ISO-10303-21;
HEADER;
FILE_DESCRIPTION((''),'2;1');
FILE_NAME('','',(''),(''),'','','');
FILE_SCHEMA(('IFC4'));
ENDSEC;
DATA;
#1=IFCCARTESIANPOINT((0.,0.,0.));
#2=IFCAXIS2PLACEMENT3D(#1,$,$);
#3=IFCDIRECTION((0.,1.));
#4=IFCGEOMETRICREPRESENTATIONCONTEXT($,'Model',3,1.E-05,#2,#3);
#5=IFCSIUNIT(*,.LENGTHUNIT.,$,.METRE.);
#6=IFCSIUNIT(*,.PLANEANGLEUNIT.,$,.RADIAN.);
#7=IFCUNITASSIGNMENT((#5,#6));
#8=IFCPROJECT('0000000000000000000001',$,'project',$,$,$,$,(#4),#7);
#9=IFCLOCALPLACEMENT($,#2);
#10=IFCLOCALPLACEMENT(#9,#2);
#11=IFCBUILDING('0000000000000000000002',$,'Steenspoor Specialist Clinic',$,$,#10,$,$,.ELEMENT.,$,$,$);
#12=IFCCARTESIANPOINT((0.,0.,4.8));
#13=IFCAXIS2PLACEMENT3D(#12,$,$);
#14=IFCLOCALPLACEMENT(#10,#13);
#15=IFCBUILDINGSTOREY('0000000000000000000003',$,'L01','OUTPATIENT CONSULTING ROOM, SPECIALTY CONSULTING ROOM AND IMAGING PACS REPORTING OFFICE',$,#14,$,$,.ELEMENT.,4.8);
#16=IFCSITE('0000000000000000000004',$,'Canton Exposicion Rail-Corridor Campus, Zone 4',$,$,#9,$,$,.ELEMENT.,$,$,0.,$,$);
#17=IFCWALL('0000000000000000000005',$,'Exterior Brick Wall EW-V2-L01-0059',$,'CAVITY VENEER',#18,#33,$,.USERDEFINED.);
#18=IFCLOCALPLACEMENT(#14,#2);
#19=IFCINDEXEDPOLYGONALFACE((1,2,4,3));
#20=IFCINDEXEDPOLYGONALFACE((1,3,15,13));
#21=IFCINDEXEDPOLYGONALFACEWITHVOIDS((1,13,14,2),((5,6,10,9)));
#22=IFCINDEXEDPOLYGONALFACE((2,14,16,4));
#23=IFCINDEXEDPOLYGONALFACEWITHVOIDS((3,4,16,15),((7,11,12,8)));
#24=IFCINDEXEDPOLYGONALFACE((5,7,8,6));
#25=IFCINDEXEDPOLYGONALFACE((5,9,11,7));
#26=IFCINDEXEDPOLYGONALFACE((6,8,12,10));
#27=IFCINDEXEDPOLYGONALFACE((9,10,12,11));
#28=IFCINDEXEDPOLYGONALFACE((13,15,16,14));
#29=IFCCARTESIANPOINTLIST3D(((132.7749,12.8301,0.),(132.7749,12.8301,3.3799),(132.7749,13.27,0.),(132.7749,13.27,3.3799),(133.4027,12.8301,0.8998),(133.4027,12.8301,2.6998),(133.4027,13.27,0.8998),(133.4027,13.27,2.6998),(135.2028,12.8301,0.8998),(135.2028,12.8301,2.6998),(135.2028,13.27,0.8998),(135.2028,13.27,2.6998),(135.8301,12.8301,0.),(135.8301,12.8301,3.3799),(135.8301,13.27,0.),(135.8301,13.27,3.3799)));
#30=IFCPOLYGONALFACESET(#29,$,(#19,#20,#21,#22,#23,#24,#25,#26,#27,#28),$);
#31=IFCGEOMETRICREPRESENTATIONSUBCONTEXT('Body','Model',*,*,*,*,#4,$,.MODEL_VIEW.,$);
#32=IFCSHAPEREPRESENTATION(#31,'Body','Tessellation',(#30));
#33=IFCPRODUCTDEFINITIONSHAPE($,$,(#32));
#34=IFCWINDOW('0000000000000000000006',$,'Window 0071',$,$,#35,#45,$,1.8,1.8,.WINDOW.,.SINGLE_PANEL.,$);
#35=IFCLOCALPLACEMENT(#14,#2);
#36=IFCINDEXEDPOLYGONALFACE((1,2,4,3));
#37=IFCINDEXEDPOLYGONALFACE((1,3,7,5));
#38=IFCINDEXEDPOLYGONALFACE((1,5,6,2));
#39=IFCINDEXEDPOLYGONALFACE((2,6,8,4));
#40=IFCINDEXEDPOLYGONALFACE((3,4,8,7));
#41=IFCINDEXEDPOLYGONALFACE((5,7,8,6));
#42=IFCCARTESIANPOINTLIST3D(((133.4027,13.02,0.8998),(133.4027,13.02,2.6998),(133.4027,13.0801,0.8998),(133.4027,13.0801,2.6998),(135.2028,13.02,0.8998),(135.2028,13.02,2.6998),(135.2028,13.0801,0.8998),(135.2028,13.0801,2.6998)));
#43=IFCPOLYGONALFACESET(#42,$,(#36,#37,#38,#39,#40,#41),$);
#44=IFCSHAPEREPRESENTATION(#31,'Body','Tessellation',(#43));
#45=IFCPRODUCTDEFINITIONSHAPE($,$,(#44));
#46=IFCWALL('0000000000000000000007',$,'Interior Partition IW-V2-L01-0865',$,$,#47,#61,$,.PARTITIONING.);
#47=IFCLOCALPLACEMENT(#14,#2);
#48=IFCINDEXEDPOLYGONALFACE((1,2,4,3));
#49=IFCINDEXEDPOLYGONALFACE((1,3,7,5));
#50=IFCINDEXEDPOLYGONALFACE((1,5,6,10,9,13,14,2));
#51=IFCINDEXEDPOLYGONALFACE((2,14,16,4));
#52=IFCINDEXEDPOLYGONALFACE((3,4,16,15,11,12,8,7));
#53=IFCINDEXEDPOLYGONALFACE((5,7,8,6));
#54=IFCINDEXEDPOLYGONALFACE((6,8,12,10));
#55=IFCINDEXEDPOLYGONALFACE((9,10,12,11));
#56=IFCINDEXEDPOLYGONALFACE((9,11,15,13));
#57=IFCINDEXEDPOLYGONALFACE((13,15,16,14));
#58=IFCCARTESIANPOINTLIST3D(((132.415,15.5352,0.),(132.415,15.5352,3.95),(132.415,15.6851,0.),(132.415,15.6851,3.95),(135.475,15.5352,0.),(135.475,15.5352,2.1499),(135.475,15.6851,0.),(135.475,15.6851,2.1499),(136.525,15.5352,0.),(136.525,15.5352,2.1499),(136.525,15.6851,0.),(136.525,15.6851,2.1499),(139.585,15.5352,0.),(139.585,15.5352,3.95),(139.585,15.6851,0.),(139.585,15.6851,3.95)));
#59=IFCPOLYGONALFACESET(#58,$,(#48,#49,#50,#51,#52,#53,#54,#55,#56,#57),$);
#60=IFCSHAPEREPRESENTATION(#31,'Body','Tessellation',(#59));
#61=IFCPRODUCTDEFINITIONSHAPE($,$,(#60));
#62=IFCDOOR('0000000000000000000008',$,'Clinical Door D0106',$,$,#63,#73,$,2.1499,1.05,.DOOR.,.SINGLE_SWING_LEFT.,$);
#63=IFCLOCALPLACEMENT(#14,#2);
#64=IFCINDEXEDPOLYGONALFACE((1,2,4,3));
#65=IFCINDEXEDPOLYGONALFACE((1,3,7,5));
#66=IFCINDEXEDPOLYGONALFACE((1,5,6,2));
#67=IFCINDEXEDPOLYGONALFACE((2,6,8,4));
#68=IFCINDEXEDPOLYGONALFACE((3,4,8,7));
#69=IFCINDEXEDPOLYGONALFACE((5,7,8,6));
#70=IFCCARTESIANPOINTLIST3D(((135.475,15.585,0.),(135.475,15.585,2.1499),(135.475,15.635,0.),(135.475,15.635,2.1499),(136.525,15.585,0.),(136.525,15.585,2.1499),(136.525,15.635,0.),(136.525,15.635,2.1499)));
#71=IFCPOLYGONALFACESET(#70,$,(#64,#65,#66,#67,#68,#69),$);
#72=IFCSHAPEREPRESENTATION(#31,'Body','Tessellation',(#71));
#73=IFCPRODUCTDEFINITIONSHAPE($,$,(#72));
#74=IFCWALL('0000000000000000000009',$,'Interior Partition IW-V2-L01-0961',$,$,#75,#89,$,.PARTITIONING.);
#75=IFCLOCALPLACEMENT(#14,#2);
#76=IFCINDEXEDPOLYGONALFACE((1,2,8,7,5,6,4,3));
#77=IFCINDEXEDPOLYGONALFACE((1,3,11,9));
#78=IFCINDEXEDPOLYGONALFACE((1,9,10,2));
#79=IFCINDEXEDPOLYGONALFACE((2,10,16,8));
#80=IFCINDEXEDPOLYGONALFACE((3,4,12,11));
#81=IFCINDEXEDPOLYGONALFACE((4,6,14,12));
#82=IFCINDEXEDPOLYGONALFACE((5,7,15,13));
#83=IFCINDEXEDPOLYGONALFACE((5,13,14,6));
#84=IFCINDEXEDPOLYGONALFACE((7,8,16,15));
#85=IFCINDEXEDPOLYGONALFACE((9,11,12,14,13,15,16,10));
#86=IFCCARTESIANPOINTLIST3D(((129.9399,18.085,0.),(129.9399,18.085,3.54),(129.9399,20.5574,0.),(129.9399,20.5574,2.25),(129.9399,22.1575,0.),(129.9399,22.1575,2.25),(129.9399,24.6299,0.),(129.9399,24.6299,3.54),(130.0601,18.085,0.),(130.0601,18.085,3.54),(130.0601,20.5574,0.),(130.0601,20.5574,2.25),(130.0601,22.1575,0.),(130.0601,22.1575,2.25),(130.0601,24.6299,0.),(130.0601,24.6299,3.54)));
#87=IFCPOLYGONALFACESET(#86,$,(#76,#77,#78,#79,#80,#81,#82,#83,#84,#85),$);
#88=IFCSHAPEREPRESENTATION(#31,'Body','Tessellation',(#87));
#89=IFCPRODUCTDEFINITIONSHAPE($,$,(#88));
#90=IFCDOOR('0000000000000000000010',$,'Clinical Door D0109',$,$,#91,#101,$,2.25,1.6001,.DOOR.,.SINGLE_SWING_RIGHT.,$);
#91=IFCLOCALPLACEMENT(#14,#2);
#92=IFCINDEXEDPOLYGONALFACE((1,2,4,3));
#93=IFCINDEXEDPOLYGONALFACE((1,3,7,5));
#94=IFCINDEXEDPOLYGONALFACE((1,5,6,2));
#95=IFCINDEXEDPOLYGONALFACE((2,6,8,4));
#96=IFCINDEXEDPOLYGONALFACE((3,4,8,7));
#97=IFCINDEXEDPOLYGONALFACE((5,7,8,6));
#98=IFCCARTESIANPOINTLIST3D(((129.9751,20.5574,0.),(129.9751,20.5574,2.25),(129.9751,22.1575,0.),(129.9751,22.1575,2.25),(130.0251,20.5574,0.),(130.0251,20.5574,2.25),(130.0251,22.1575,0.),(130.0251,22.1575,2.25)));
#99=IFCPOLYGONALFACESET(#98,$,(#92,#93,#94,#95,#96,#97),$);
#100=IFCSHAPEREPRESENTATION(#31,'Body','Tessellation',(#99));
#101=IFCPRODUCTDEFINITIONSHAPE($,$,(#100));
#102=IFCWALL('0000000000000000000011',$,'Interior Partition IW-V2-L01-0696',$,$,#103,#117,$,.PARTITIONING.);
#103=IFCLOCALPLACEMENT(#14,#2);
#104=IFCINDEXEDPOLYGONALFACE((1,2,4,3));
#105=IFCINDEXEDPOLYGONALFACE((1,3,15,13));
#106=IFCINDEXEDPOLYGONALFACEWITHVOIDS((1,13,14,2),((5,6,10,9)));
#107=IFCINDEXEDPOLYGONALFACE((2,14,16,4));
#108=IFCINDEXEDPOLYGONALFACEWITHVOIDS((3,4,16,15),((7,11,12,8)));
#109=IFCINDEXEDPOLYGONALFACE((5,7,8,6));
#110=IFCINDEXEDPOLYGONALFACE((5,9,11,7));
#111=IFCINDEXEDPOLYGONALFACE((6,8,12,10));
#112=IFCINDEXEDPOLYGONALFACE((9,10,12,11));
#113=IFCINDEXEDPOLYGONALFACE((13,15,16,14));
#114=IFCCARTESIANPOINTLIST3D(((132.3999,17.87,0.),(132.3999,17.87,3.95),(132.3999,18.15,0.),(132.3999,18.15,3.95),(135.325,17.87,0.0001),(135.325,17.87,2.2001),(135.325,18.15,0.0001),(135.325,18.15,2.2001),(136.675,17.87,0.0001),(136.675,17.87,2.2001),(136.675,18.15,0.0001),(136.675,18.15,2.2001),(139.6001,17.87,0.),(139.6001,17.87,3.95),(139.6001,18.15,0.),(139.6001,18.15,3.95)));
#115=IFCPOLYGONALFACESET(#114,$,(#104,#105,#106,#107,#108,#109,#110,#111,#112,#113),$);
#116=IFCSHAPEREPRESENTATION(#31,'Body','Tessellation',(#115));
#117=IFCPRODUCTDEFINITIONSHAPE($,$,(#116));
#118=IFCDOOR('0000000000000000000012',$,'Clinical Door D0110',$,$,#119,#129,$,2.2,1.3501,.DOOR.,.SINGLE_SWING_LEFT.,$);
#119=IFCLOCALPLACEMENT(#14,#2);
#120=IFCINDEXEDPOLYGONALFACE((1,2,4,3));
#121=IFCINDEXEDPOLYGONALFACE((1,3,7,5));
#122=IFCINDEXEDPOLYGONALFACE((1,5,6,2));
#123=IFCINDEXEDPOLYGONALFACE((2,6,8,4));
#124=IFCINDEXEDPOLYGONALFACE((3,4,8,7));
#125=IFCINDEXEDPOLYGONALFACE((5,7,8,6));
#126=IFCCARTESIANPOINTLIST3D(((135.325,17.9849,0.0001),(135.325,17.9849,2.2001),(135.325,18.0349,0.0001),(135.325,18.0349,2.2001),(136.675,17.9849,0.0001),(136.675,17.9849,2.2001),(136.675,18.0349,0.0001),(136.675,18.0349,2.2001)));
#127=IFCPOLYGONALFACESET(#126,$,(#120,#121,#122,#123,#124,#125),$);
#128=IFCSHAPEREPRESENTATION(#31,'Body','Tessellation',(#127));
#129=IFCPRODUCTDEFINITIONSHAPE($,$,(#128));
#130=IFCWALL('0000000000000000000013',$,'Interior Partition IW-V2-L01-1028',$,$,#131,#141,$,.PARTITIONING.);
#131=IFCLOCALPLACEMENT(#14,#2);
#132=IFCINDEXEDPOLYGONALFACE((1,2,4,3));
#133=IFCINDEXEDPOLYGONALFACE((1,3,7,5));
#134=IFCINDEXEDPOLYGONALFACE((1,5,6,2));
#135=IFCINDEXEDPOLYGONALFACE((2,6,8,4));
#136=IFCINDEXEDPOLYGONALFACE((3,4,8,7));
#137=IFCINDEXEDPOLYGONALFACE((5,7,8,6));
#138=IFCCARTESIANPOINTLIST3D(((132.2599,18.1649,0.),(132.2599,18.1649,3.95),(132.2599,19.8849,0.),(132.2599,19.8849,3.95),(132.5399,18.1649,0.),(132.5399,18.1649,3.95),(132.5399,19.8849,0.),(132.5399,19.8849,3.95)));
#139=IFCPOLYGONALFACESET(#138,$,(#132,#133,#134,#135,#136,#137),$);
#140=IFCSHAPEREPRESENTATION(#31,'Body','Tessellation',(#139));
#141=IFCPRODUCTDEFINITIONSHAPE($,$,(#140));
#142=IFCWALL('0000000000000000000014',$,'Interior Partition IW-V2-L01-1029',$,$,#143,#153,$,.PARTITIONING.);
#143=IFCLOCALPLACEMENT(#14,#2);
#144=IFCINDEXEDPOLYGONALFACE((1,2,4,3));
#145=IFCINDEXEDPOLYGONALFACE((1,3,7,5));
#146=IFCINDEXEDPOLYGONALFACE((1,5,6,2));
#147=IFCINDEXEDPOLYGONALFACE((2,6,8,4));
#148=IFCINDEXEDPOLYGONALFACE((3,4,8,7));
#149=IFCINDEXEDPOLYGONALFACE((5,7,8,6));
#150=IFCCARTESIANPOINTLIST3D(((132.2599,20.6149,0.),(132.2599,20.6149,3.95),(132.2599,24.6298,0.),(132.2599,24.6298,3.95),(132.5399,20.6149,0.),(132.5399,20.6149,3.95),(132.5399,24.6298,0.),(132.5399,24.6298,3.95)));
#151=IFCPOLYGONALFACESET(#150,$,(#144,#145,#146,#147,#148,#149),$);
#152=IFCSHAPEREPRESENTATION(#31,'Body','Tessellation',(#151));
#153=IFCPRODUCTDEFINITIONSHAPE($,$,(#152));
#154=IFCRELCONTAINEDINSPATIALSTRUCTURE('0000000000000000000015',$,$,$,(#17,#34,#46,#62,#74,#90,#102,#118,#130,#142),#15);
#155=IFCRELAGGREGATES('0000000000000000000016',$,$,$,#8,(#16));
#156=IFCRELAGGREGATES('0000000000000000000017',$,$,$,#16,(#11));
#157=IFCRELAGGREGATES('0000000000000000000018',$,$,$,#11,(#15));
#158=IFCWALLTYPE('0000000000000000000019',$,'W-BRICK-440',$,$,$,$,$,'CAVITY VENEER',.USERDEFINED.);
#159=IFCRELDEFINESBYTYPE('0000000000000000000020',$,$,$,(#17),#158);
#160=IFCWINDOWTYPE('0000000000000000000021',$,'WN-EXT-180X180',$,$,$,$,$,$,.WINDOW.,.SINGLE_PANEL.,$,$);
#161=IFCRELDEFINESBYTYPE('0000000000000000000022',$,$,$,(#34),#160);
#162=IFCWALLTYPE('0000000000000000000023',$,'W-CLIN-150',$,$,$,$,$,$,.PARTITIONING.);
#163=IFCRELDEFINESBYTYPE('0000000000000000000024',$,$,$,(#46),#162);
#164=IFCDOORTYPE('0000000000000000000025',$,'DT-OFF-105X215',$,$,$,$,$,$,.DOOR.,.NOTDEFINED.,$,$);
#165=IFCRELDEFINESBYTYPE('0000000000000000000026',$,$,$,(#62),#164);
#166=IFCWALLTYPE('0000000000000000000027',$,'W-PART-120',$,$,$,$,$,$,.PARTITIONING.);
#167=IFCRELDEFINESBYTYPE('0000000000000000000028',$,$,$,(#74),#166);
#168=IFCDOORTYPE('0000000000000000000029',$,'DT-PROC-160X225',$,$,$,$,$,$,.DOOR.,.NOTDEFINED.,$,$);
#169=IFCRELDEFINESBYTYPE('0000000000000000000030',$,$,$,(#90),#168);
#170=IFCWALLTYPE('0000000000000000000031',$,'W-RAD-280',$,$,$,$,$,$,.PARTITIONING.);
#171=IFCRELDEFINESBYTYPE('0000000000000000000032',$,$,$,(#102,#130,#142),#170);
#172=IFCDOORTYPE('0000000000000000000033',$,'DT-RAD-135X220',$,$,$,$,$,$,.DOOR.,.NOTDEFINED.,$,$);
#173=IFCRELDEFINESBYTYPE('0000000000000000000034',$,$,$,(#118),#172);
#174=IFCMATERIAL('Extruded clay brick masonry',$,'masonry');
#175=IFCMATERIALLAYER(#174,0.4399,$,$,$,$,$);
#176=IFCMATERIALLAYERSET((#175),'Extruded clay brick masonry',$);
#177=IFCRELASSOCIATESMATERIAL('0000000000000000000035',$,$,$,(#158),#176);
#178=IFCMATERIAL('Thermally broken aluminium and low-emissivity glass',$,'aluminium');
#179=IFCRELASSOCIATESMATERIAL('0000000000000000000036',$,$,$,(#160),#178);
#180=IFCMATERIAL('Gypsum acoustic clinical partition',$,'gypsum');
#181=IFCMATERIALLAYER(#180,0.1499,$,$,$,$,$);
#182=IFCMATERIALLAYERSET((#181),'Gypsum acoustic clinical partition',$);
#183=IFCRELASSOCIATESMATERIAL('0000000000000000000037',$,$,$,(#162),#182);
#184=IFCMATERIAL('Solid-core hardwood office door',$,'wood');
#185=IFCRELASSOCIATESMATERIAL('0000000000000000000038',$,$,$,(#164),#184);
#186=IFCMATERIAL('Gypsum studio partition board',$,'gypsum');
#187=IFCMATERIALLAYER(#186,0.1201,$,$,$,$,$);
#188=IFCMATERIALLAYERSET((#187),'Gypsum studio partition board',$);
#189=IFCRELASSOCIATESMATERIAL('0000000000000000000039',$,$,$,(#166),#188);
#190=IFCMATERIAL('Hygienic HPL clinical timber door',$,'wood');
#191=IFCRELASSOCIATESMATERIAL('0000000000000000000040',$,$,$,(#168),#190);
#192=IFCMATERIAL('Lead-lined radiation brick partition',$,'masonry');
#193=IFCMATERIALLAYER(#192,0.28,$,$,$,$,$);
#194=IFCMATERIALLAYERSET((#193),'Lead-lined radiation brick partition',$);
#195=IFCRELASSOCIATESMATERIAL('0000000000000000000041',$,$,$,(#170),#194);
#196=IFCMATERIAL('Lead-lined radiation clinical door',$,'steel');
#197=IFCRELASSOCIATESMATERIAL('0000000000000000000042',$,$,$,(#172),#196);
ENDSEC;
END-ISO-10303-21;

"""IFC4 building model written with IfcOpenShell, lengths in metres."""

from ifc_helpers import new_model, si_unit, direction, frame, frame_2d, origin, place, context, subcontext, project, spatial, rectangle, extrude, material, layer, layer_set, type_object, element, fill, save


model = new_model("IFC4")

# Units and contexts
model_context = context("Model", 3, precision=1e-05, world=origin(), true_north=direction((0.0, 1.0)))
body_context = subcontext(model_context, "Body", "Model", "MODEL_VIEW")
ifc_project = project(units=[si_unit("LENGTHUNIT", "METRE"), si_unit("PLANEANGLEUNIT", "RADIAN")], contexts=[model_context])

# Site, building, storey
site_placement = place(None, origin())
site = spatial("IfcSite", under=ifc_project, at=site_placement, Name="Canton Exposicion Rail-Corridor Campus, Zone 4", CompositionType="ELEMENT", RefElevation=0.0)
building_placement = place(site_placement, origin())
building = spatial("IfcBuilding", under=site, at=building_placement, Name="Steenspoor Specialist Clinic", CompositionType="ELEMENT")
storey_placement = place(building_placement, frame((0.0, 0.0, 4.8)))
storey = spatial("IfcBuildingStorey", under=building, at=storey_placement, Name="L01", Description="OUTPATIENT CONSULTING ROOM, SPECIALTY CONSULTING ROOM AND IMAGING PACS REPORTING OFFICE", CompositionType="ELEMENT", Elevation=4.8)

# Shared definitions
ifc_material_1 = material(Name="Thermally broken aluminium and low-emissivity glass", Category="aluminium")

# Shared definitions
ifc_material_2 = material(Name="Extruded clay brick masonry", Category="masonry")

# Wall, opening, window
ifc_layer_1 = layer(ifc_material_2, 0.4399)
ifc_layer_set_1 = layer_set([ifc_layer_1], Name="Extruded clay brick masonry")
wall_type_1 = type_object("IfcWallType", Name="W-BRICK-440", ElementType="CAVITY VENEER", PredefinedType="USERDEFINED", material=ifc_layer_set_1)
wall_1_placement = place(storey_placement, frame((135.8301, 13.05, 0.0), z_axis=(0.0, 0.0, 1.0), x_axis=(-1.0, 0.0, 0.0)))
wall_1 = element("IfcWall", 1, at=wall_1_placement, inside=storey, type_object=wall_type_1, Name="Exterior Brick Wall EW-V2-L01-0059", ObjectType="CAVITY VENEER", PredefinedType="USERDEFINED", context=body_context, shape_type="SweptSolid", body=[
    extrude(rectangle(XDim=3.0552, YDim=0.4399, at=frame_2d((1.5276, 0.0))), origin(), (0.0, 0.0, 1.0), 3.3799),
])
opening_1_placement = place(wall_1_placement, frame((0.6274, 0.0, 0.8999)))
opening_1 = element("IfcOpeningElement", 2, at=opening_1_placement, cuts=wall_1, PredefinedType="OPENING", context=body_context, shape_type="SweptSolid", body=[
    extrude(rectangle(XDim=1.8, YDim=1.8, at=frame_2d((0.8999, 0.8999))), frame((0.0, 0.23, 0.0), z_axis=(0.0, -1.0, 0.0), x_axis=(1.0, 0.0, 0.0)), (0.0, 0.0, 1.0), 0.46),
])
window_type_1 = type_object("IfcWindowType", Name="WN-EXT-180X180", PartitioningType="SINGLE_PANEL", PredefinedType="WINDOW", material=ifc_material_1)
window_1_placement = place(opening_1_placement, origin())
window_1 = element("IfcWindow", 3, at=window_1_placement, inside=storey, type_object=window_type_1, Name="Window 0071", OverallHeight=1.8, OverallWidth=1.8, PartitioningType="SINGLE_PANEL", PredefinedType="WINDOW", context=body_context, shape_type="SweptSolid", body=[
    extrude(rectangle(XDim=1.8, YDim=1.8, at=frame_2d((0.8999, 0.8999))), frame((0.0, 0.03, 0.0), z_axis=(0.0, -1.0, 0.0), x_axis=(1.0, 0.0, 0.0)), (0.0, 0.0, 1.0), 0.0601),
])
fill(opening_1, window_1)

# Walls, openings, doors
ifc_material_3 = material(Name="Gypsum acoustic clinical partition", Category="gypsum")
ifc_layer_2 = layer(ifc_material_3, 0.1499)
ifc_layer_set_2 = layer_set([ifc_layer_2], Name="Gypsum acoustic clinical partition")
wall_type_2 = type_object("IfcWallType", Name="W-CLIN-150", PredefinedType="PARTITIONING", material=ifc_layer_set_2)
wall_2_placement = place(storey_placement, frame((132.415, 15.6101, 0.0), z_axis=(0.0, 0.0, 1.0), x_axis=(1.0, 0.0, 0.0)))
wall_2 = element("IfcWall", 4, at=wall_2_placement, inside=storey, type_object=wall_type_2, Name="Interior Partition IW-V2-L01-0865", PredefinedType="PARTITIONING", context=body_context, shape_type="SweptSolid", body=[
    extrude(rectangle(XDim=7.1699, YDim=0.1499, at=frame_2d((3.585, 0.0))), origin(), (0.0, 0.0, 1.0), 3.95),
])
opening_2_placement = place(wall_2_placement, frame((3.0601, 0.0, 0.0)))
opening_2 = element("IfcOpeningElement", 5, at=opening_2_placement, cuts=wall_2, PredefinedType="OPENING", context=body_context, shape_type="SweptSolid", body=[
    extrude(rectangle(XDim=1.05, YDim=2.1499, at=frame_2d((0.5249, 1.075))), frame((0.0, 0.085, 0.0), z_axis=(0.0, -1.0, 0.0), x_axis=(1.0, 0.0, 0.0)), (0.0, 0.0, 1.0), 0.1699),
])
ifc_material_4 = material(Name="Solid-core hardwood office door", Category="wood")
door_type_1 = type_object("IfcDoorType", Name="DT-OFF-105X215", OperationType="NOTDEFINED", PredefinedType="DOOR", material=ifc_material_4)
door_1_placement = place(opening_2_placement, origin())
door_1 = element("IfcDoor", 6, at=door_1_placement, inside=storey, type_object=door_type_1, Name="Clinical Door D0106", OperationType="SINGLE_SWING_LEFT", OverallHeight=2.1499, OverallWidth=1.05, PredefinedType="DOOR", context=body_context, shape_type="SweptSolid", body=[
    extrude(rectangle(XDim=1.05, YDim=2.1499, at=frame_2d((0.5249, 1.075))), frame((0.0, 0.0249, 0.0), z_axis=(0.0, -1.0, 0.0), x_axis=(1.0, 0.0, 0.0)), (0.0, 0.0, 1.0), 0.05),
])
fill(opening_2, door_1)
ifc_material_5 = material(Name="Gypsum studio partition board", Category="gypsum")
ifc_layer_3 = layer(ifc_material_5, 0.1201)
ifc_layer_set_3 = layer_set([ifc_layer_3], Name="Gypsum studio partition board")
wall_type_3 = type_object("IfcWallType", Name="W-PART-120", PredefinedType="PARTITIONING", material=ifc_layer_set_3)
wall_3_placement = place(storey_placement, frame((130.0, 18.085, 0.0), z_axis=(0.0, 0.0, 1.0), x_axis=(0.0, 1.0, 0.0)))
wall_3 = element("IfcWall", 7, at=wall_3_placement, inside=storey, type_object=wall_type_3, Name="Interior Partition IW-V2-L01-0961", PredefinedType="PARTITIONING", context=body_context, shape_type="SweptSolid", body=[
    extrude(rectangle(XDim=6.5449, YDim=0.1201, at=frame_2d((3.2725, 0.0))), origin(), (0.0, 0.0, 1.0), 3.54),
])
opening_3_placement = place(wall_3_placement, frame((2.4724, 0.0, 0.0)))
opening_3 = element("IfcOpeningElement", 8, at=opening_3_placement, cuts=wall_3, PredefinedType="OPENING", context=body_context, shape_type="SweptSolid", body=[
    extrude(rectangle(XDim=1.6001, YDim=2.25, at=frame_2d((0.8, 1.125))), frame((0.0, 0.0701, 0.0), z_axis=(0.0, -1.0, 0.0), x_axis=(1.0, 0.0, 0.0)), (0.0, 0.0, 1.0), 0.1401),
])
ifc_material_6 = material(Name="Hygienic HPL clinical timber door", Category="wood")
door_type_2 = type_object("IfcDoorType", Name="DT-PROC-160X225", OperationType="NOTDEFINED", PredefinedType="DOOR", material=ifc_material_6)
door_2_placement = place(opening_3_placement, origin())
door_2 = element("IfcDoor", 9, at=door_2_placement, inside=storey, type_object=door_type_2, Name="Clinical Door D0109", OperationType="SINGLE_SWING_RIGHT", OverallHeight=2.25, OverallWidth=1.6001, PredefinedType="DOOR", context=body_context, shape_type="SweptSolid", body=[
    extrude(rectangle(XDim=1.6001, YDim=2.25, at=frame_2d((0.8, 1.125))), frame((0.0, 0.0249, 0.0), z_axis=(0.0, -1.0, 0.0), x_axis=(1.0, 0.0, 0.0)), (0.0, 0.0, 1.0), 0.05),
])
fill(opening_3, door_2)
ifc_material_7 = material(Name="Lead-lined radiation brick partition", Category="masonry")
ifc_layer_4 = layer(ifc_material_7, 0.28)
ifc_layer_set_4 = layer_set([ifc_layer_4], Name="Lead-lined radiation brick partition")
wall_type_4 = type_object("IfcWallType", Name="W-RAD-280", PredefinedType="PARTITIONING", material=ifc_layer_set_4)
wall_4_placement = place(storey_placement, frame((132.3999, 18.01, 0.0), z_axis=(0.0, 0.0, 1.0), x_axis=(1.0, 0.0, 0.0)))
wall_4 = element("IfcWall", 10, at=wall_4_placement, inside=storey, type_object=wall_type_4, Name="Interior Partition IW-V2-L01-0696", PredefinedType="PARTITIONING", context=body_context, shape_type="SweptSolid", body=[
    extrude(rectangle(XDim=7.2002, YDim=0.28, at=frame_2d((3.6001, 0.0))), origin(), (0.0, 0.0, 1.0), 3.95),
])
opening_4_placement = place(wall_4_placement, frame((2.925, 0.0, 0.0)))
opening_4 = element("IfcOpeningElement", 11, at=opening_4_placement, cuts=wall_4, PredefinedType="OPENING", context=body_context, shape_type="SweptSolid", body=[
    extrude(rectangle(XDim=1.3501, YDim=2.2, at=frame_2d((0.675, 1.1001))), frame((0.0, 0.1499, 0.0), z_axis=(0.0, -1.0, 0.0), x_axis=(1.0, 0.0, 0.0)), (0.0, 0.0, 1.0), 0.3),
])
ifc_material_8 = material(Name="Lead-lined radiation clinical door", Category="steel")
door_type_3 = type_object("IfcDoorType", Name="DT-RAD-135X220", OperationType="NOTDEFINED", PredefinedType="DOOR", material=ifc_material_8)
door_3_placement = place(opening_4_placement, origin())
door_3 = element("IfcDoor", 12, at=door_3_placement, inside=storey, type_object=door_type_3, Name="Clinical Door D0110", OperationType="SINGLE_SWING_LEFT", OverallHeight=2.2, OverallWidth=1.3501, PredefinedType="DOOR", context=body_context, shape_type="SweptSolid", body=[
    extrude(rectangle(XDim=1.3501, YDim=2.2, at=frame_2d((0.675, 1.1001))), frame((0.0, 0.0249, 0.0), z_axis=(0.0, -1.0, 0.0), x_axis=(1.0, 0.0, 0.0)), (0.0, 0.0, 1.0), 0.05),
])
fill(opening_4, door_3)

# Walls
wall_5_placement = place(storey_placement, frame((132.3999, 18.165, 0.0), z_axis=(0.0, 0.0, 1.0), x_axis=(0.0, 1.0, 0.0)))
element("IfcWall", 13, at=wall_5_placement, inside=storey, type_object=wall_type_4, Name="Interior Partition IW-V2-L01-1028", PredefinedType="PARTITIONING", context=body_context, shape_type="SweptSolid", body=[
    extrude(rectangle(XDim=1.72, YDim=0.28, at=frame_2d((0.8599, 0.0))), origin(), (0.0, 0.0, 1.0), 3.95),
])
wall_6_placement = place(storey_placement, frame((132.3999, 20.615, 0.0), z_axis=(0.0, 0.0, 1.0), x_axis=(0.0, 1.0, 0.0)))
element("IfcWall", 14, at=wall_6_placement, inside=storey, type_object=wall_type_4, Name="Interior Partition IW-V2-L01-1029", PredefinedType="PARTITIONING", context=body_context, shape_type="SweptSolid", body=[
    extrude(rectangle(XDim=4.0149, YDim=0.28, at=frame_2d((2.0073, 0.0))), origin(), (0.0, 0.0, 1.0), 3.95),
])

save(model, "model.ifc")
